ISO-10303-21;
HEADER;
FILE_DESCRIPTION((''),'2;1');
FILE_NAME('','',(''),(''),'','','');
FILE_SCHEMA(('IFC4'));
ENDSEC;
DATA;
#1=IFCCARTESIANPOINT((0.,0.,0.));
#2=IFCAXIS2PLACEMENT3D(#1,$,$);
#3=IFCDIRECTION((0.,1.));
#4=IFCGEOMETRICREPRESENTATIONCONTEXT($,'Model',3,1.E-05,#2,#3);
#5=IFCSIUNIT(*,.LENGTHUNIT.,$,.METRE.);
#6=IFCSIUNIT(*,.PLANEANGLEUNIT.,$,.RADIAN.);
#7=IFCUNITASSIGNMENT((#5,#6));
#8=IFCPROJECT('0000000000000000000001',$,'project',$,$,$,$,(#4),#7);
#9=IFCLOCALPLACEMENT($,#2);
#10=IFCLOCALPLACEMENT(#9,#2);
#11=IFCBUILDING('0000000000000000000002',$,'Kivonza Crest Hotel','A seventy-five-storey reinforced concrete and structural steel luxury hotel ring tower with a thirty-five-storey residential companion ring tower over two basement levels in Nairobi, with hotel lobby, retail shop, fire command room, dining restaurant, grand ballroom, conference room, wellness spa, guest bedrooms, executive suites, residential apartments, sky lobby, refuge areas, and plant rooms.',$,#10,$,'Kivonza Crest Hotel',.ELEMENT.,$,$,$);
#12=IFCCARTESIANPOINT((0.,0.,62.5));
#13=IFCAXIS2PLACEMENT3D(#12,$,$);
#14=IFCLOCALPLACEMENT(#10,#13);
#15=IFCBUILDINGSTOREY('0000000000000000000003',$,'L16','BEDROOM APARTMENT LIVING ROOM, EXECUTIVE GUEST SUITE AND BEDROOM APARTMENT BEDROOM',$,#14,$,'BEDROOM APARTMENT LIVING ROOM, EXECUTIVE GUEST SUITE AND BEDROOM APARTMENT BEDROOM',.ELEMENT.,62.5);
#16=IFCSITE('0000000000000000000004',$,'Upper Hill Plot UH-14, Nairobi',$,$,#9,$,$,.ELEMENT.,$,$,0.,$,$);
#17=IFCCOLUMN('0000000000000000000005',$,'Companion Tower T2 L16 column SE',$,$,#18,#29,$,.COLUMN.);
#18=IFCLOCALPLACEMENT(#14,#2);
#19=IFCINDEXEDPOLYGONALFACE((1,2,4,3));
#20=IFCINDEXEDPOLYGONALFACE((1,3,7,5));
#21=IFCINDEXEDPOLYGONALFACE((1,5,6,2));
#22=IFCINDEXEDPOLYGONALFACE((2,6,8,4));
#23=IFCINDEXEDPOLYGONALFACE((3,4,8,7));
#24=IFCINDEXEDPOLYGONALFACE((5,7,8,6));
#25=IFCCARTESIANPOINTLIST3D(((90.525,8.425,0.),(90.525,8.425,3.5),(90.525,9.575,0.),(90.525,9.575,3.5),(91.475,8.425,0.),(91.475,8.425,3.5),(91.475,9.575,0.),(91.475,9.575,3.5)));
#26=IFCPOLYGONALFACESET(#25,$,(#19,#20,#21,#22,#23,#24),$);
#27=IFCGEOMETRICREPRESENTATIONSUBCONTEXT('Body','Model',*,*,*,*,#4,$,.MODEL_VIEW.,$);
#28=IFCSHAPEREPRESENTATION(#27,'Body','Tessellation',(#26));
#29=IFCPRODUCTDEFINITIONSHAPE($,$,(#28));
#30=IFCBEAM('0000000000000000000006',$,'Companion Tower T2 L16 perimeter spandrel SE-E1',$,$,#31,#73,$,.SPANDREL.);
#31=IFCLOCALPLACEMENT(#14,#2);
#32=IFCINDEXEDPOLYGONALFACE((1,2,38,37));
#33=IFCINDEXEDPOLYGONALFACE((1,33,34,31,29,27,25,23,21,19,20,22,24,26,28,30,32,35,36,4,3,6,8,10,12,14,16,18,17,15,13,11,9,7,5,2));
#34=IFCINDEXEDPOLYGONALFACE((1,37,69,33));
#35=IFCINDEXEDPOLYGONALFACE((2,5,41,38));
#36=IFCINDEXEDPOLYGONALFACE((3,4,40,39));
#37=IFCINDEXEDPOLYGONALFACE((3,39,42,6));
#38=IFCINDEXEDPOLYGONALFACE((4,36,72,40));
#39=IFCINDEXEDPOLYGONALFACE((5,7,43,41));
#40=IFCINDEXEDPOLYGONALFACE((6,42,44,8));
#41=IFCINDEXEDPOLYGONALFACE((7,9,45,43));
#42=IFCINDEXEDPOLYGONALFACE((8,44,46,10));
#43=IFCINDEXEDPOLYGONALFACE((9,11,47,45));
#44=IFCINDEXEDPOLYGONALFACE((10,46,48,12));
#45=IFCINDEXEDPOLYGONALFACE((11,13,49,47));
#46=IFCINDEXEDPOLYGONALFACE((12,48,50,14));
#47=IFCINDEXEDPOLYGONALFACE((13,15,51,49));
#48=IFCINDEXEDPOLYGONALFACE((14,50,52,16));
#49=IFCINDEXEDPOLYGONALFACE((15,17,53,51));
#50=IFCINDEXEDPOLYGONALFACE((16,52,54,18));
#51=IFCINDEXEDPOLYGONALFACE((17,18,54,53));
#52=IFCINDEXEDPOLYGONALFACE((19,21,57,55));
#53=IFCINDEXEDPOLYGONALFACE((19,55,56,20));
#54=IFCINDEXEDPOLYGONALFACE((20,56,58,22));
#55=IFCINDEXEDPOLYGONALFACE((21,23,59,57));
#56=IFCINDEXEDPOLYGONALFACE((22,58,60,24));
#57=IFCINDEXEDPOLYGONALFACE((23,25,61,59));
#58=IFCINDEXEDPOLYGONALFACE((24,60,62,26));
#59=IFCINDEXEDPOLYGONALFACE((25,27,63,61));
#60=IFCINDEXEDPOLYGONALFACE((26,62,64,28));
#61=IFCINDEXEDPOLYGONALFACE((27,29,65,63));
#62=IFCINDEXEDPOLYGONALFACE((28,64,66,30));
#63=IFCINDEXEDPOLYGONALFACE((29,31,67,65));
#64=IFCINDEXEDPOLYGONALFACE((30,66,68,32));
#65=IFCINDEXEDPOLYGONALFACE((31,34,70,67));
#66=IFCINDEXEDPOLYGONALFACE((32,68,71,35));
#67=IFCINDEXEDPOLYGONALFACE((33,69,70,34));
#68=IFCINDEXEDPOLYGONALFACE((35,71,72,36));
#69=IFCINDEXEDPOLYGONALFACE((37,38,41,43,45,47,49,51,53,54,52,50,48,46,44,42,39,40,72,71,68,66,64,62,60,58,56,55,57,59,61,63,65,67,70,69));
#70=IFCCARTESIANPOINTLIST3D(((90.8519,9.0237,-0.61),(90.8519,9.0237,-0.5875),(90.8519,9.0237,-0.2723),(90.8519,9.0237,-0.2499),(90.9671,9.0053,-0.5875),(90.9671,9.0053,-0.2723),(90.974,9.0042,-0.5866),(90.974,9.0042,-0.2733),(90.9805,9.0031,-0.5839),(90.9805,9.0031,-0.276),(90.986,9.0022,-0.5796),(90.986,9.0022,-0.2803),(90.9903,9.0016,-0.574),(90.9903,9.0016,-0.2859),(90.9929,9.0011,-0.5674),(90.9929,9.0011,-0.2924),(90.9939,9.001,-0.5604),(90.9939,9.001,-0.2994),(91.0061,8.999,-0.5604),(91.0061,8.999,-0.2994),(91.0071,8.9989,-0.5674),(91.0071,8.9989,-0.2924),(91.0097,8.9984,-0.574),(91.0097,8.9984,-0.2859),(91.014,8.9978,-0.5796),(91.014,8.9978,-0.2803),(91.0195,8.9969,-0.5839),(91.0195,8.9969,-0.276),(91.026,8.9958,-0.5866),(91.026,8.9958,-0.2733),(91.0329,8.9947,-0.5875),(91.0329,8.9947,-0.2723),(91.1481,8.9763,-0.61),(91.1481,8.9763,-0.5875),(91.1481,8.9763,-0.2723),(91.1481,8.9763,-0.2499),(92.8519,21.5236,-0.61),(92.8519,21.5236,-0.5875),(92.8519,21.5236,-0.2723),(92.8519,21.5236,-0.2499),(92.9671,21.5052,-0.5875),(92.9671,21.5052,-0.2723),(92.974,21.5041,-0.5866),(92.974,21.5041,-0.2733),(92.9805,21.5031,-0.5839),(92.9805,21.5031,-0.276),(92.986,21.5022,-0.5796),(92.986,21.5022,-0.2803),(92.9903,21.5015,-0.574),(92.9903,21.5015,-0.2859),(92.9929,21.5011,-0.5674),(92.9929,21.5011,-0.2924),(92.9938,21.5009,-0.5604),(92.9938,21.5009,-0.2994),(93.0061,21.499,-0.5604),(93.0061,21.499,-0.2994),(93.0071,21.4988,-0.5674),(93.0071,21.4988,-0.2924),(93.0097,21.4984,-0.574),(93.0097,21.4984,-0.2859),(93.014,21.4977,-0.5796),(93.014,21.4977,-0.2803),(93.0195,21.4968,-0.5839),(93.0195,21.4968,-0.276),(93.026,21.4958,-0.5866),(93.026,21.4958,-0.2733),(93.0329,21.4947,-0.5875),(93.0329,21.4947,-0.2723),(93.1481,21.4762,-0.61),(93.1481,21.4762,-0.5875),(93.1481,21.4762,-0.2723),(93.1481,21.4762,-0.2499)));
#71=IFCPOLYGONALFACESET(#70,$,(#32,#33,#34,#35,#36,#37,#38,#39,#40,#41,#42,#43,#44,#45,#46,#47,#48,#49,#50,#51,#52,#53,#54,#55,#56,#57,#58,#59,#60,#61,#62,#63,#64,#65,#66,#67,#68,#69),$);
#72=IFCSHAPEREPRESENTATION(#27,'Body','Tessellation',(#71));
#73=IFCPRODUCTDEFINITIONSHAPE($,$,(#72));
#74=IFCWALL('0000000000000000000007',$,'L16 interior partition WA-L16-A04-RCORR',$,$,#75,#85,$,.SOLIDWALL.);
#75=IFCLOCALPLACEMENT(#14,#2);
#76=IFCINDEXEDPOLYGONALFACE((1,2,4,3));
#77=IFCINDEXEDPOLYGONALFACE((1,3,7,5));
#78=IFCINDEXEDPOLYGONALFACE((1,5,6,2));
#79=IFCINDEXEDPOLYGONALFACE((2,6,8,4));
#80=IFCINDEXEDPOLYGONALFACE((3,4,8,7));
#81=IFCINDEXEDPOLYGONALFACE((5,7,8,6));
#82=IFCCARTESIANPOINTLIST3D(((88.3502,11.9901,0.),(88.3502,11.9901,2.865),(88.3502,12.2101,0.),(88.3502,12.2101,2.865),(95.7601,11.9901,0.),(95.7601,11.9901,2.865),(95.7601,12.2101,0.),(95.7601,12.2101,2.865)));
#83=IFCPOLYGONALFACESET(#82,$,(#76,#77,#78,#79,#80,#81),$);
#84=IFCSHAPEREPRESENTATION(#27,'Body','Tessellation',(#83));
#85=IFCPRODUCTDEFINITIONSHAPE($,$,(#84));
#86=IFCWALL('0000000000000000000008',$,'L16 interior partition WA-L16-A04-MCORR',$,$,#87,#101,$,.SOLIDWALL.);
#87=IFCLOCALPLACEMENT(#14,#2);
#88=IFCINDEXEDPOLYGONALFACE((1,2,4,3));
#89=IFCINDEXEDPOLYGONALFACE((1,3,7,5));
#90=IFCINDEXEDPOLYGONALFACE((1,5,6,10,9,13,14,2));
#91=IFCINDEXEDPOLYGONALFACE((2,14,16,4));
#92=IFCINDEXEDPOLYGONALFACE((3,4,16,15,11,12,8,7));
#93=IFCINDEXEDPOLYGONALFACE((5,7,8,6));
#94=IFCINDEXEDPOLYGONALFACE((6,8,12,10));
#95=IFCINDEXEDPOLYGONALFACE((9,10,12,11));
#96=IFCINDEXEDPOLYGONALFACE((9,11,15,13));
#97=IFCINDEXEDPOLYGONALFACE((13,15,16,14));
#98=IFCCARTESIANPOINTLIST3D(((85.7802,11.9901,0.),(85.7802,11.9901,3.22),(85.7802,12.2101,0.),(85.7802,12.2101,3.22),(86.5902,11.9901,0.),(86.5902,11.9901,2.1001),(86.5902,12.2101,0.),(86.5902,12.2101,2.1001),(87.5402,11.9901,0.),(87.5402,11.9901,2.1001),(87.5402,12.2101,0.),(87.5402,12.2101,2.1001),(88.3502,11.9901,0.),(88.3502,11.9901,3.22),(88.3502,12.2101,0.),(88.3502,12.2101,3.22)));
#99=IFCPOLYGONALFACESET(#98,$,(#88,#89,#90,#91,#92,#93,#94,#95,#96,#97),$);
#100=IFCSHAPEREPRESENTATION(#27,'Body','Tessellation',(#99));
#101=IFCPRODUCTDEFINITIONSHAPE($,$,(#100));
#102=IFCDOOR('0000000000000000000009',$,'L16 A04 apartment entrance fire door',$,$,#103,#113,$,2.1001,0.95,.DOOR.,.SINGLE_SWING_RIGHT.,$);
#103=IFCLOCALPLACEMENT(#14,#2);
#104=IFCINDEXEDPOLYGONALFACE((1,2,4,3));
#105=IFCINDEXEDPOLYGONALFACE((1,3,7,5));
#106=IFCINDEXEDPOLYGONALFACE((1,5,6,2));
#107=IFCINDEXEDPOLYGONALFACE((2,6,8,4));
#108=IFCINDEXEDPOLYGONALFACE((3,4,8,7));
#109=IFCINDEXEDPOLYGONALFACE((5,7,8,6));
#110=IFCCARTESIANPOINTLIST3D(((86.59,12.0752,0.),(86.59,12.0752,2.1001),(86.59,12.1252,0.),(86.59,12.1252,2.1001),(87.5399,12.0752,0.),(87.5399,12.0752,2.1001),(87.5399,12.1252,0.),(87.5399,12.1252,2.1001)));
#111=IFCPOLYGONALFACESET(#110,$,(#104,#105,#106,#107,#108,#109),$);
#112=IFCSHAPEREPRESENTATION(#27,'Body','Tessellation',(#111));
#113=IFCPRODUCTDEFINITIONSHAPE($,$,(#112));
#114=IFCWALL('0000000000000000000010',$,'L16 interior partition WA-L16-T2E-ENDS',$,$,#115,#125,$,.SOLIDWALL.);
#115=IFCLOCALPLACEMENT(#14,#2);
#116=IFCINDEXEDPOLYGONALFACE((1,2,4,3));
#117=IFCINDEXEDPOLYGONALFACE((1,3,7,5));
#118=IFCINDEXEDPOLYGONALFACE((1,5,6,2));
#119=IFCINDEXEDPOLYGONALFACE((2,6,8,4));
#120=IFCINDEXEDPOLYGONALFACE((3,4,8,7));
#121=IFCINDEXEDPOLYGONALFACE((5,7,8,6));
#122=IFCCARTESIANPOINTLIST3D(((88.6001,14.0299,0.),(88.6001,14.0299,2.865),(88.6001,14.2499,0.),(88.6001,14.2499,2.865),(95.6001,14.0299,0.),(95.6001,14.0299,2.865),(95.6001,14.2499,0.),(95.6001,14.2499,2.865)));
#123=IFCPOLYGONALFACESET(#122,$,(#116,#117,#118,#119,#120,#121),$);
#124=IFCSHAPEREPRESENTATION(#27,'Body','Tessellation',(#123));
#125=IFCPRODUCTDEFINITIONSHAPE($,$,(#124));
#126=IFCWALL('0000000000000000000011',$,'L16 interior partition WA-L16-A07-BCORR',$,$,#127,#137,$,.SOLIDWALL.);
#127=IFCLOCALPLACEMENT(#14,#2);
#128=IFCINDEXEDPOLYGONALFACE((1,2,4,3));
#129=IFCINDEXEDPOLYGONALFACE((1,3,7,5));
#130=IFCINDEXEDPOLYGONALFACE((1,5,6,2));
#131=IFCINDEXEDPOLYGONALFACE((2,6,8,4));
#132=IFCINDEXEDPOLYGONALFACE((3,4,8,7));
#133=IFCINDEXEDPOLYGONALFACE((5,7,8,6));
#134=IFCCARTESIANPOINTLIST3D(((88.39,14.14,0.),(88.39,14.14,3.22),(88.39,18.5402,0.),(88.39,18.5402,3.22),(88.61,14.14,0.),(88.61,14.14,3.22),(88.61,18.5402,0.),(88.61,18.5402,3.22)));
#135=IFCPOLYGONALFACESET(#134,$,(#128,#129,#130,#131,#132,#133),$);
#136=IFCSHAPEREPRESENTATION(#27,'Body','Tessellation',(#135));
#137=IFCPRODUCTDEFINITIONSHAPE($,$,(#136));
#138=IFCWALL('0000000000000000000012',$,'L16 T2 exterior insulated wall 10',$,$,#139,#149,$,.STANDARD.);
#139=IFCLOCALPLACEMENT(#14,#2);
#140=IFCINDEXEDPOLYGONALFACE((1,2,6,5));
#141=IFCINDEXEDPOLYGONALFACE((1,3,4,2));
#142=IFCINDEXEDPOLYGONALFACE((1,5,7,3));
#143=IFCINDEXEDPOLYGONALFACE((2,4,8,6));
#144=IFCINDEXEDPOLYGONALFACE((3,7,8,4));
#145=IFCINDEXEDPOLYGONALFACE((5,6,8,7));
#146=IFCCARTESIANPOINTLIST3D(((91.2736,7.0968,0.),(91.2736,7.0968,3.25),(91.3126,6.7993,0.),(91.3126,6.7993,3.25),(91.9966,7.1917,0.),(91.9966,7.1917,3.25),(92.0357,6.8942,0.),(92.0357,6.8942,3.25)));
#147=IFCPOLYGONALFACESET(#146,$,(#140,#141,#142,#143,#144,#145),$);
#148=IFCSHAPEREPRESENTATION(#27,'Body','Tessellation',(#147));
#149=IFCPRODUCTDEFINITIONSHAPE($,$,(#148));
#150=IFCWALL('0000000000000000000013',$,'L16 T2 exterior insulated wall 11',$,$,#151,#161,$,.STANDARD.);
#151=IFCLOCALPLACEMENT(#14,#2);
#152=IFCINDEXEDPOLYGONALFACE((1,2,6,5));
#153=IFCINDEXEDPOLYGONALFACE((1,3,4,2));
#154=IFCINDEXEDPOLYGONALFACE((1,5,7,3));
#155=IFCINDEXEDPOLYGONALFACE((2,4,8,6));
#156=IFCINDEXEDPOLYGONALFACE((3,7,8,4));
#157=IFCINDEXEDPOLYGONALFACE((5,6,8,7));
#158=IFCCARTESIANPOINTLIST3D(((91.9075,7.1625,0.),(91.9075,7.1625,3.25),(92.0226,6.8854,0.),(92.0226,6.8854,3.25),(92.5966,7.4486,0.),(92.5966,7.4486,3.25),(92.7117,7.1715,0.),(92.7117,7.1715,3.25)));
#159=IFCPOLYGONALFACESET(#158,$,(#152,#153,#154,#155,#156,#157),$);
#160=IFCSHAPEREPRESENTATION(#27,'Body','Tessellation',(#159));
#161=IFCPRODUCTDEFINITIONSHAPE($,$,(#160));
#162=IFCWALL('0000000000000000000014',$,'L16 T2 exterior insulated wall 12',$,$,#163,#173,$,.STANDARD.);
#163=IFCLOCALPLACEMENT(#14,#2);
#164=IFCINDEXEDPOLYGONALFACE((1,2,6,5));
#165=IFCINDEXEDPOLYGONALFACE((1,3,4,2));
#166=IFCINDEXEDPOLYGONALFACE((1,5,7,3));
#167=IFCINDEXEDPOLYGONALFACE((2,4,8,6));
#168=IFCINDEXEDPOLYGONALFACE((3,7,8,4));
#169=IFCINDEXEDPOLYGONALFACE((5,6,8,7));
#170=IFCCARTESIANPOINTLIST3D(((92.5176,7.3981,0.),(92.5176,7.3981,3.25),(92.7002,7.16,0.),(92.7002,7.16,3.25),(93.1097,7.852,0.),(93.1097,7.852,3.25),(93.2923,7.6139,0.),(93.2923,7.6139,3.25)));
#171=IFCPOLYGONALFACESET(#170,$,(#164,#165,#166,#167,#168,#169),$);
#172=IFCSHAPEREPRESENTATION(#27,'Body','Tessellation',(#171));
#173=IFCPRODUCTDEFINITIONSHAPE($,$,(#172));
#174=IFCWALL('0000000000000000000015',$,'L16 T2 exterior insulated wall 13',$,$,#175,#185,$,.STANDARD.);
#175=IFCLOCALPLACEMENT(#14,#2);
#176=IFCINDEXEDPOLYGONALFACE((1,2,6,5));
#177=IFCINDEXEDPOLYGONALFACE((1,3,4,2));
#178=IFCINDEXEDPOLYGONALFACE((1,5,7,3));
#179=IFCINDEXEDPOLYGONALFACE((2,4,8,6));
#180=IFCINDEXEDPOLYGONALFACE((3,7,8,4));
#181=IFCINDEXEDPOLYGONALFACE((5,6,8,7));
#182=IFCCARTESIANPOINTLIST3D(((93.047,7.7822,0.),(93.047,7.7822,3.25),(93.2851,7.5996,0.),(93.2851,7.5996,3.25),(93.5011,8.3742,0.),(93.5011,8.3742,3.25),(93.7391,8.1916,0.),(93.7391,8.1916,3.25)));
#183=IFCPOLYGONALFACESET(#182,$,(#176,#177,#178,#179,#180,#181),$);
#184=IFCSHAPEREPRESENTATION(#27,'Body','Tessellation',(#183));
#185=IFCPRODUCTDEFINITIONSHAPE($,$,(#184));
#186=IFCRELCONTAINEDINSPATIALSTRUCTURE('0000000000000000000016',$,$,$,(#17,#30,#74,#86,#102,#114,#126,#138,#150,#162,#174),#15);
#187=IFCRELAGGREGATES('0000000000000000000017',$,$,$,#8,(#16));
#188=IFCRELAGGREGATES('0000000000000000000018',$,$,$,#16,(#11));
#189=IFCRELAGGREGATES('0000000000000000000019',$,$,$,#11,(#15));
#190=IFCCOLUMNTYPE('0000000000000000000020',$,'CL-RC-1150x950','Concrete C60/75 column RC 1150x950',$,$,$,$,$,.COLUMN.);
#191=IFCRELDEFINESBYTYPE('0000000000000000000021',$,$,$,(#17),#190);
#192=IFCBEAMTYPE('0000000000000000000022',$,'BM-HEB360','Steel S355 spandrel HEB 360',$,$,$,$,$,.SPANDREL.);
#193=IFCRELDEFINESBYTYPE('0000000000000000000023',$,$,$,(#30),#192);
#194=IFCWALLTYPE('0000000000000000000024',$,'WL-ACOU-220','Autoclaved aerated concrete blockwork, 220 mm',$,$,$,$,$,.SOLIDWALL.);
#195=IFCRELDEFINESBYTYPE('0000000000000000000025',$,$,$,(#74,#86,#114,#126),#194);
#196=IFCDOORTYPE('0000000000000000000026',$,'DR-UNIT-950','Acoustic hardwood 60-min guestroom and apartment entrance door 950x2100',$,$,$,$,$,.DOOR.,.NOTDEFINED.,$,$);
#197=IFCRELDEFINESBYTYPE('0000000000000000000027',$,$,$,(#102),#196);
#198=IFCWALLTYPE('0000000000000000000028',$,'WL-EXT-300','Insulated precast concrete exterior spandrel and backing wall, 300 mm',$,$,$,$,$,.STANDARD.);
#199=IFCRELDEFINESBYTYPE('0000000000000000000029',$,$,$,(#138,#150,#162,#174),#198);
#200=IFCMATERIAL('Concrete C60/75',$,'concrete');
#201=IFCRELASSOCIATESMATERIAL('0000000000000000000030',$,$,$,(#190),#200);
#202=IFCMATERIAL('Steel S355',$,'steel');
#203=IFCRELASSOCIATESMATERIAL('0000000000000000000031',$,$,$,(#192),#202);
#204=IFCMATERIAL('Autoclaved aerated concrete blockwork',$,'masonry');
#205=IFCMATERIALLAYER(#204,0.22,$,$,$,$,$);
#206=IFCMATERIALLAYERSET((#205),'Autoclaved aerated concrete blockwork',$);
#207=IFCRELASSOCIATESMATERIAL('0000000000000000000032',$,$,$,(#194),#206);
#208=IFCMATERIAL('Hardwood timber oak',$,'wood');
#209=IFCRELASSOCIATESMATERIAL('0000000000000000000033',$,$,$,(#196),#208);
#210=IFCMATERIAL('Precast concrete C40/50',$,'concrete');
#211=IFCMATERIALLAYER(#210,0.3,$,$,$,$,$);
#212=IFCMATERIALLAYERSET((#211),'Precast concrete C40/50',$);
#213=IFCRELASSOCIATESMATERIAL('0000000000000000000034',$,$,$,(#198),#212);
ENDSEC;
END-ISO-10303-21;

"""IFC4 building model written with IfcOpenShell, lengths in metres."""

from ifc_helpers import new_model, si_unit, direction, frame, frame_2d, origin, origin_2d, place, context, subcontext, project, spatial, rectangle, i_section, extrude, material, layer, layer_set, material_profile, profile_set, type_object, element, fill, save


model = new_model("IFC4")

# Units and contexts
model_context = context("Model", 3, precision=1e-05, world=origin(), true_north=direction((0.0, 1.0)))
body_context = subcontext(model_context, "Body", "Model", "MODEL_VIEW")
ifc_project = project(units=[si_unit("LENGTHUNIT", "METRE"), si_unit("PLANEANGLEUNIT", "RADIAN")], contexts=[model_context])

# Site, building, storey
site_placement = place(None, origin())
site = spatial("IfcSite", under=ifc_project, at=site_placement, Name="Upper Hill Plot UH-14, Nairobi", CompositionType="ELEMENT", RefElevation=0.0)
building_placement = place(site_placement, origin())
building = spatial("IfcBuilding", under=site, at=building_placement, Name="Kivonza Crest Hotel", Description="A seventy-five-storey reinforced concrete and structural steel luxury hotel ring tower with a thirty-five-storey residential companion ring tower over two basement levels in Nairobi, with hotel lobby, retail shop, fire command room, dining restaurant, grand ballroom, conference room, wellness spa, guest bedrooms, executive suites, residential apartments, sky lobby, refuge areas, and plant rooms.", LongName="Kivonza Crest Hotel", CompositionType="ELEMENT")
storey_placement = place(building_placement, frame((0.0, 0.0, 62.5)))
storey = spatial("IfcBuildingStorey", under=building, at=storey_placement, Name="L16", Description="BEDROOM APARTMENT LIVING ROOM, EXECUTIVE GUEST SUITE AND BEDROOM APARTMENT BEDROOM", LongName="BEDROOM APARTMENT LIVING ROOM, EXECUTIVE GUEST SUITE AND BEDROOM APARTMENT BEDROOM", CompositionType="ELEMENT", Elevation=62.5)

# Column
ifc_material_1 = material(Name="Concrete C60/75", Category="concrete")
ifc_material_profile_1 = material_profile(ifc_material_1, rectangle(XDim=0.95, YDim=1.1499, at=origin_2d()), Name="RC 1150x950")
ifc_profile_set_1 = profile_set([ifc_material_profile_1], Name="Concrete C60/75")
column_type = type_object("IfcColumnType", Name="CL-RC-1150x950", Description="Concrete C60/75 column RC 1150x950", PredefinedType="COLUMN", material=ifc_profile_set_1)
column_placement = place(storey_placement, frame((91.0, 9.0, 0.0), z_axis=(0.0, 0.0, 1.0), x_axis=(1.0, 0.0, 0.0)))
element("IfcColumn", 1, at=column_placement, inside=storey, type_object=column_type, Name="Companion Tower T2 L16 column SE", PredefinedType="COLUMN", context=body_context, shape_type="SweptSolid", body=[
    extrude(rectangle(XDim=0.95, YDim=1.1499, at=origin_2d()), origin(), (0.0, 0.0, 1.0), 3.5),
])

# Beam
ifc_material_2 = material(Name="Steel S355", Category="steel")
ifc_material_profile_2 = material_profile(ifc_material_2, i_section(OverallWidth=0.3, OverallDepth=0.3601, WebThickness=0.0125, FlangeThickness=0.0225, FilletRadius=0.0271, at=origin_2d()), Name="HEB 360")
ifc_profile_set_2 = profile_set([ifc_material_profile_2], Name="Steel S355")
beam_type = type_object("IfcBeamType", Name="BM-HEB360", Description="Steel S355 spandrel HEB 360", PredefinedType="SPANDREL", material=ifc_profile_set_2)
beam_placement = place(storey_placement, frame((91.0, 9.0, -0.4299), z_axis=(0.157991, 0.987441, 0.0), x_axis=(-0.987441, 0.157991, 0.0)))
element("IfcBeam", 2, at=beam_placement, inside=storey, type_object=beam_type, Name="Companion Tower T2 L16 perimeter spandrel SE-E1", PredefinedType="SPANDREL", context=body_context, shape_type="SweptSolid", body=[
    extrude(i_section(OverallWidth=0.3, OverallDepth=0.3601, WebThickness=0.0125, FlangeThickness=0.0225, FilletRadius=0.0271, at=origin_2d()), origin(), (0.0, 0.0, 1.0), 12.6589),
])

# Wall
ifc_material_3 = material(Name="Autoclaved aerated concrete blockwork", Category="masonry")
ifc_layer_1 = layer(ifc_material_3, 0.22)
ifc_layer_set_1 = layer_set([ifc_layer_1], Name="Autoclaved aerated concrete blockwork")
wall_type_1 = type_object("IfcWallType", Name="WL-ACOU-220", Description="Autoclaved aerated concrete blockwork, 220 mm", PredefinedType="SOLIDWALL", material=ifc_layer_set_1)
wall_1_placement = place(storey_placement, frame((88.3501, 12.1001, 0.0), z_axis=(0.0, 0.0, 1.0), x_axis=(1.0, 0.0, 0.0)))
element("IfcWall", 3, at=wall_1_placement, inside=storey, type_object=wall_type_1, Name="L16 interior partition WA-L16-A04-RCORR", PredefinedType="SOLIDWALL", context=body_context, shape_type="SweptSolid", body=[
    extrude(rectangle(XDim=7.4099, YDim=0.22, at=frame_2d((3.7051, 0.0))), origin(), (0.0, 0.0, 1.0), 2.865),
])

# Wall, opening, door
wall_2_placement = place(storey_placement, frame((85.78, 12.1001, 0.0), z_axis=(0.0, 0.0, 1.0), x_axis=(1.0, 0.0, 0.0)))
wall_2 = element("IfcWall", 4, at=wall_2_placement, inside=storey, type_object=wall_type_1, Name="L16 interior partition WA-L16-A04-MCORR", PredefinedType="SOLIDWALL", context=body_context, shape_type="SweptSolid", body=[
    extrude(rectangle(XDim=2.5701, YDim=0.22, at=frame_2d((1.2852, 0.0))), origin(), (0.0, 0.0, 1.0), 3.22),
])
opening_1_placement = place(wall_2_placement, frame((0.8101, 0.0, 0.0)))
opening_1 = element("IfcOpeningElement", 5, at=opening_1_placement, cuts=wall_2, PredefinedType="OPENING", context=body_context, shape_type="SweptSolid", body=[
    extrude(rectangle(XDim=0.95, YDim=2.1001, at=frame_2d((0.4751, 1.05))), frame((0.0, 0.1201, 0.0), z_axis=(0.0, -1.0, 0.0), x_axis=(1.0, 0.0, 0.0)), (0.0, 0.0, 1.0), 0.24),
])
ifc_material_4 = material(Name="Hardwood timber oak", Category="wood")
door_type_1 = type_object("IfcDoorType", Name="DR-UNIT-950", Description="Acoustic hardwood 60-min guestroom and apartment entrance door 950x2100", OperationType="NOTDEFINED", PredefinedType="DOOR", material=ifc_material_4)
door_1_placement = place(opening_1_placement, frame((0.95, 0.0, 0.0), z_axis=(0.0, 0.0, 1.0), x_axis=(-1.0, 0.0, 0.0)))
door_1 = element("IfcDoor", 6, at=door_1_placement, inside=storey, type_object=door_type_1, Name="L16 A04 apartment entrance fire door", OperationType="SINGLE_SWING_RIGHT", OverallHeight=2.1001, OverallWidth=0.95, PredefinedType="DOOR", context=body_context, shape_type="SweptSolid", body=[
    extrude(rectangle(XDim=0.95, YDim=2.1001, at=frame_2d((0.4751, 1.05))), frame((0.0, 0.0249, 0.0), z_axis=(0.0, -1.0, 0.0), x_axis=(1.0, 0.0, 0.0)), (0.0, 0.0, 1.0), 0.05),
])
fill(opening_1, door_1)

# Walls
wall_3_placement = place(storey_placement, frame((88.6001, 14.1399, 0.0), z_axis=(0.0, 0.0, 1.0), x_axis=(1.0, 0.0, 0.0)))
element("IfcWall", 7, at=wall_3_placement, inside=storey, type_object=wall_type_1, Name="L16 interior partition WA-L16-T2E-ENDS", PredefinedType="SOLIDWALL", context=body_context, shape_type="SweptSolid", body=[
    extrude(rectangle(XDim=7.0, YDim=0.22, at=frame_2d((3.5, 0.0))), origin(), (0.0, 0.0, 1.0), 2.865),
])
wall_4_placement = place(storey_placement, frame((88.5, 14.1399, 0.0), z_axis=(0.0, 0.0, 1.0), x_axis=(0.0, 1.0, 0.0)))
element("IfcWall", 8, at=wall_4_placement, inside=storey, type_object=wall_type_1, Name="L16 interior partition WA-L16-A07-BCORR", PredefinedType="SOLIDWALL", context=body_context, shape_type="SweptSolid", body=[
    extrude(rectangle(XDim=4.4001, YDim=0.22, at=frame_2d((2.2002, 0.0))), origin(), (0.0, 0.0, 1.0), 3.22),
])
ifc_material_5 = material(Name="Precast concrete C40/50", Category="concrete")
ifc_layer_2 = layer(ifc_material_5, 0.3)
ifc_layer_set_2 = layer_set([ifc_layer_2], Name="Precast concrete C40/50")
wall_type_2 = type_object("IfcWallType", Name="WL-EXT-300", Description="Insulated precast concrete exterior spandrel and backing wall, 300 mm", PredefinedType="STANDARD", material=ifc_layer_set_2)
wall_5_placement = place(storey_placement, frame((91.293, 6.948, 0.0), z_axis=(0.0, 0.0, 1.0), x_axis=(0.991486, 0.130212, 0.0)))
element("IfcWall", 9, at=wall_5_placement, inside=storey, type_object=wall_type_2, Name="L16 T2 exterior insulated wall 10", PredefinedType="STANDARD", context=body_context, shape_type="SweptSolid", body=[
    extrude(rectangle(XDim=0.7292, YDim=0.3, at=frame_2d((0.3647, 0.0))), origin(), (0.0, 0.0, 1.0), 3.25),
])
for number, where, z_axis, x_axis, name in (
    (10, (91.9651, 7.0239, 0.0), (0.0, 0.0, 1.0), (0.923522, 0.383546, 0.0), "L16 T2 exterior insulated wall 11"),
    (11, (92.6089, 7.2791, 0.0), (0.0, 0.0, 1.0), (0.793633, 0.608397, 0.0), "L16 T2 exterior insulated wall 12"),
    (12, (93.166, 7.6909, 0.0), (0.0, 0.0, 1.0), (0.608603, 0.793475, 0.0), "L16 T2 exterior insulated wall 13"),
):
    element("IfcWall", number, at=place(storey_placement, frame(where, z_axis=z_axis, x_axis=x_axis)), inside=storey, type_object=wall_type_2, Name=name, PredefinedType="STANDARD", context=body_context, shape_type="SweptSolid", body=[
        extrude(rectangle(XDim=0.7461, YDim=0.3, at=frame_2d((0.373, 0.0))), origin(), (0.0, 0.0, 1.0), 3.25),
    ])

save(model, "model.ifc")
